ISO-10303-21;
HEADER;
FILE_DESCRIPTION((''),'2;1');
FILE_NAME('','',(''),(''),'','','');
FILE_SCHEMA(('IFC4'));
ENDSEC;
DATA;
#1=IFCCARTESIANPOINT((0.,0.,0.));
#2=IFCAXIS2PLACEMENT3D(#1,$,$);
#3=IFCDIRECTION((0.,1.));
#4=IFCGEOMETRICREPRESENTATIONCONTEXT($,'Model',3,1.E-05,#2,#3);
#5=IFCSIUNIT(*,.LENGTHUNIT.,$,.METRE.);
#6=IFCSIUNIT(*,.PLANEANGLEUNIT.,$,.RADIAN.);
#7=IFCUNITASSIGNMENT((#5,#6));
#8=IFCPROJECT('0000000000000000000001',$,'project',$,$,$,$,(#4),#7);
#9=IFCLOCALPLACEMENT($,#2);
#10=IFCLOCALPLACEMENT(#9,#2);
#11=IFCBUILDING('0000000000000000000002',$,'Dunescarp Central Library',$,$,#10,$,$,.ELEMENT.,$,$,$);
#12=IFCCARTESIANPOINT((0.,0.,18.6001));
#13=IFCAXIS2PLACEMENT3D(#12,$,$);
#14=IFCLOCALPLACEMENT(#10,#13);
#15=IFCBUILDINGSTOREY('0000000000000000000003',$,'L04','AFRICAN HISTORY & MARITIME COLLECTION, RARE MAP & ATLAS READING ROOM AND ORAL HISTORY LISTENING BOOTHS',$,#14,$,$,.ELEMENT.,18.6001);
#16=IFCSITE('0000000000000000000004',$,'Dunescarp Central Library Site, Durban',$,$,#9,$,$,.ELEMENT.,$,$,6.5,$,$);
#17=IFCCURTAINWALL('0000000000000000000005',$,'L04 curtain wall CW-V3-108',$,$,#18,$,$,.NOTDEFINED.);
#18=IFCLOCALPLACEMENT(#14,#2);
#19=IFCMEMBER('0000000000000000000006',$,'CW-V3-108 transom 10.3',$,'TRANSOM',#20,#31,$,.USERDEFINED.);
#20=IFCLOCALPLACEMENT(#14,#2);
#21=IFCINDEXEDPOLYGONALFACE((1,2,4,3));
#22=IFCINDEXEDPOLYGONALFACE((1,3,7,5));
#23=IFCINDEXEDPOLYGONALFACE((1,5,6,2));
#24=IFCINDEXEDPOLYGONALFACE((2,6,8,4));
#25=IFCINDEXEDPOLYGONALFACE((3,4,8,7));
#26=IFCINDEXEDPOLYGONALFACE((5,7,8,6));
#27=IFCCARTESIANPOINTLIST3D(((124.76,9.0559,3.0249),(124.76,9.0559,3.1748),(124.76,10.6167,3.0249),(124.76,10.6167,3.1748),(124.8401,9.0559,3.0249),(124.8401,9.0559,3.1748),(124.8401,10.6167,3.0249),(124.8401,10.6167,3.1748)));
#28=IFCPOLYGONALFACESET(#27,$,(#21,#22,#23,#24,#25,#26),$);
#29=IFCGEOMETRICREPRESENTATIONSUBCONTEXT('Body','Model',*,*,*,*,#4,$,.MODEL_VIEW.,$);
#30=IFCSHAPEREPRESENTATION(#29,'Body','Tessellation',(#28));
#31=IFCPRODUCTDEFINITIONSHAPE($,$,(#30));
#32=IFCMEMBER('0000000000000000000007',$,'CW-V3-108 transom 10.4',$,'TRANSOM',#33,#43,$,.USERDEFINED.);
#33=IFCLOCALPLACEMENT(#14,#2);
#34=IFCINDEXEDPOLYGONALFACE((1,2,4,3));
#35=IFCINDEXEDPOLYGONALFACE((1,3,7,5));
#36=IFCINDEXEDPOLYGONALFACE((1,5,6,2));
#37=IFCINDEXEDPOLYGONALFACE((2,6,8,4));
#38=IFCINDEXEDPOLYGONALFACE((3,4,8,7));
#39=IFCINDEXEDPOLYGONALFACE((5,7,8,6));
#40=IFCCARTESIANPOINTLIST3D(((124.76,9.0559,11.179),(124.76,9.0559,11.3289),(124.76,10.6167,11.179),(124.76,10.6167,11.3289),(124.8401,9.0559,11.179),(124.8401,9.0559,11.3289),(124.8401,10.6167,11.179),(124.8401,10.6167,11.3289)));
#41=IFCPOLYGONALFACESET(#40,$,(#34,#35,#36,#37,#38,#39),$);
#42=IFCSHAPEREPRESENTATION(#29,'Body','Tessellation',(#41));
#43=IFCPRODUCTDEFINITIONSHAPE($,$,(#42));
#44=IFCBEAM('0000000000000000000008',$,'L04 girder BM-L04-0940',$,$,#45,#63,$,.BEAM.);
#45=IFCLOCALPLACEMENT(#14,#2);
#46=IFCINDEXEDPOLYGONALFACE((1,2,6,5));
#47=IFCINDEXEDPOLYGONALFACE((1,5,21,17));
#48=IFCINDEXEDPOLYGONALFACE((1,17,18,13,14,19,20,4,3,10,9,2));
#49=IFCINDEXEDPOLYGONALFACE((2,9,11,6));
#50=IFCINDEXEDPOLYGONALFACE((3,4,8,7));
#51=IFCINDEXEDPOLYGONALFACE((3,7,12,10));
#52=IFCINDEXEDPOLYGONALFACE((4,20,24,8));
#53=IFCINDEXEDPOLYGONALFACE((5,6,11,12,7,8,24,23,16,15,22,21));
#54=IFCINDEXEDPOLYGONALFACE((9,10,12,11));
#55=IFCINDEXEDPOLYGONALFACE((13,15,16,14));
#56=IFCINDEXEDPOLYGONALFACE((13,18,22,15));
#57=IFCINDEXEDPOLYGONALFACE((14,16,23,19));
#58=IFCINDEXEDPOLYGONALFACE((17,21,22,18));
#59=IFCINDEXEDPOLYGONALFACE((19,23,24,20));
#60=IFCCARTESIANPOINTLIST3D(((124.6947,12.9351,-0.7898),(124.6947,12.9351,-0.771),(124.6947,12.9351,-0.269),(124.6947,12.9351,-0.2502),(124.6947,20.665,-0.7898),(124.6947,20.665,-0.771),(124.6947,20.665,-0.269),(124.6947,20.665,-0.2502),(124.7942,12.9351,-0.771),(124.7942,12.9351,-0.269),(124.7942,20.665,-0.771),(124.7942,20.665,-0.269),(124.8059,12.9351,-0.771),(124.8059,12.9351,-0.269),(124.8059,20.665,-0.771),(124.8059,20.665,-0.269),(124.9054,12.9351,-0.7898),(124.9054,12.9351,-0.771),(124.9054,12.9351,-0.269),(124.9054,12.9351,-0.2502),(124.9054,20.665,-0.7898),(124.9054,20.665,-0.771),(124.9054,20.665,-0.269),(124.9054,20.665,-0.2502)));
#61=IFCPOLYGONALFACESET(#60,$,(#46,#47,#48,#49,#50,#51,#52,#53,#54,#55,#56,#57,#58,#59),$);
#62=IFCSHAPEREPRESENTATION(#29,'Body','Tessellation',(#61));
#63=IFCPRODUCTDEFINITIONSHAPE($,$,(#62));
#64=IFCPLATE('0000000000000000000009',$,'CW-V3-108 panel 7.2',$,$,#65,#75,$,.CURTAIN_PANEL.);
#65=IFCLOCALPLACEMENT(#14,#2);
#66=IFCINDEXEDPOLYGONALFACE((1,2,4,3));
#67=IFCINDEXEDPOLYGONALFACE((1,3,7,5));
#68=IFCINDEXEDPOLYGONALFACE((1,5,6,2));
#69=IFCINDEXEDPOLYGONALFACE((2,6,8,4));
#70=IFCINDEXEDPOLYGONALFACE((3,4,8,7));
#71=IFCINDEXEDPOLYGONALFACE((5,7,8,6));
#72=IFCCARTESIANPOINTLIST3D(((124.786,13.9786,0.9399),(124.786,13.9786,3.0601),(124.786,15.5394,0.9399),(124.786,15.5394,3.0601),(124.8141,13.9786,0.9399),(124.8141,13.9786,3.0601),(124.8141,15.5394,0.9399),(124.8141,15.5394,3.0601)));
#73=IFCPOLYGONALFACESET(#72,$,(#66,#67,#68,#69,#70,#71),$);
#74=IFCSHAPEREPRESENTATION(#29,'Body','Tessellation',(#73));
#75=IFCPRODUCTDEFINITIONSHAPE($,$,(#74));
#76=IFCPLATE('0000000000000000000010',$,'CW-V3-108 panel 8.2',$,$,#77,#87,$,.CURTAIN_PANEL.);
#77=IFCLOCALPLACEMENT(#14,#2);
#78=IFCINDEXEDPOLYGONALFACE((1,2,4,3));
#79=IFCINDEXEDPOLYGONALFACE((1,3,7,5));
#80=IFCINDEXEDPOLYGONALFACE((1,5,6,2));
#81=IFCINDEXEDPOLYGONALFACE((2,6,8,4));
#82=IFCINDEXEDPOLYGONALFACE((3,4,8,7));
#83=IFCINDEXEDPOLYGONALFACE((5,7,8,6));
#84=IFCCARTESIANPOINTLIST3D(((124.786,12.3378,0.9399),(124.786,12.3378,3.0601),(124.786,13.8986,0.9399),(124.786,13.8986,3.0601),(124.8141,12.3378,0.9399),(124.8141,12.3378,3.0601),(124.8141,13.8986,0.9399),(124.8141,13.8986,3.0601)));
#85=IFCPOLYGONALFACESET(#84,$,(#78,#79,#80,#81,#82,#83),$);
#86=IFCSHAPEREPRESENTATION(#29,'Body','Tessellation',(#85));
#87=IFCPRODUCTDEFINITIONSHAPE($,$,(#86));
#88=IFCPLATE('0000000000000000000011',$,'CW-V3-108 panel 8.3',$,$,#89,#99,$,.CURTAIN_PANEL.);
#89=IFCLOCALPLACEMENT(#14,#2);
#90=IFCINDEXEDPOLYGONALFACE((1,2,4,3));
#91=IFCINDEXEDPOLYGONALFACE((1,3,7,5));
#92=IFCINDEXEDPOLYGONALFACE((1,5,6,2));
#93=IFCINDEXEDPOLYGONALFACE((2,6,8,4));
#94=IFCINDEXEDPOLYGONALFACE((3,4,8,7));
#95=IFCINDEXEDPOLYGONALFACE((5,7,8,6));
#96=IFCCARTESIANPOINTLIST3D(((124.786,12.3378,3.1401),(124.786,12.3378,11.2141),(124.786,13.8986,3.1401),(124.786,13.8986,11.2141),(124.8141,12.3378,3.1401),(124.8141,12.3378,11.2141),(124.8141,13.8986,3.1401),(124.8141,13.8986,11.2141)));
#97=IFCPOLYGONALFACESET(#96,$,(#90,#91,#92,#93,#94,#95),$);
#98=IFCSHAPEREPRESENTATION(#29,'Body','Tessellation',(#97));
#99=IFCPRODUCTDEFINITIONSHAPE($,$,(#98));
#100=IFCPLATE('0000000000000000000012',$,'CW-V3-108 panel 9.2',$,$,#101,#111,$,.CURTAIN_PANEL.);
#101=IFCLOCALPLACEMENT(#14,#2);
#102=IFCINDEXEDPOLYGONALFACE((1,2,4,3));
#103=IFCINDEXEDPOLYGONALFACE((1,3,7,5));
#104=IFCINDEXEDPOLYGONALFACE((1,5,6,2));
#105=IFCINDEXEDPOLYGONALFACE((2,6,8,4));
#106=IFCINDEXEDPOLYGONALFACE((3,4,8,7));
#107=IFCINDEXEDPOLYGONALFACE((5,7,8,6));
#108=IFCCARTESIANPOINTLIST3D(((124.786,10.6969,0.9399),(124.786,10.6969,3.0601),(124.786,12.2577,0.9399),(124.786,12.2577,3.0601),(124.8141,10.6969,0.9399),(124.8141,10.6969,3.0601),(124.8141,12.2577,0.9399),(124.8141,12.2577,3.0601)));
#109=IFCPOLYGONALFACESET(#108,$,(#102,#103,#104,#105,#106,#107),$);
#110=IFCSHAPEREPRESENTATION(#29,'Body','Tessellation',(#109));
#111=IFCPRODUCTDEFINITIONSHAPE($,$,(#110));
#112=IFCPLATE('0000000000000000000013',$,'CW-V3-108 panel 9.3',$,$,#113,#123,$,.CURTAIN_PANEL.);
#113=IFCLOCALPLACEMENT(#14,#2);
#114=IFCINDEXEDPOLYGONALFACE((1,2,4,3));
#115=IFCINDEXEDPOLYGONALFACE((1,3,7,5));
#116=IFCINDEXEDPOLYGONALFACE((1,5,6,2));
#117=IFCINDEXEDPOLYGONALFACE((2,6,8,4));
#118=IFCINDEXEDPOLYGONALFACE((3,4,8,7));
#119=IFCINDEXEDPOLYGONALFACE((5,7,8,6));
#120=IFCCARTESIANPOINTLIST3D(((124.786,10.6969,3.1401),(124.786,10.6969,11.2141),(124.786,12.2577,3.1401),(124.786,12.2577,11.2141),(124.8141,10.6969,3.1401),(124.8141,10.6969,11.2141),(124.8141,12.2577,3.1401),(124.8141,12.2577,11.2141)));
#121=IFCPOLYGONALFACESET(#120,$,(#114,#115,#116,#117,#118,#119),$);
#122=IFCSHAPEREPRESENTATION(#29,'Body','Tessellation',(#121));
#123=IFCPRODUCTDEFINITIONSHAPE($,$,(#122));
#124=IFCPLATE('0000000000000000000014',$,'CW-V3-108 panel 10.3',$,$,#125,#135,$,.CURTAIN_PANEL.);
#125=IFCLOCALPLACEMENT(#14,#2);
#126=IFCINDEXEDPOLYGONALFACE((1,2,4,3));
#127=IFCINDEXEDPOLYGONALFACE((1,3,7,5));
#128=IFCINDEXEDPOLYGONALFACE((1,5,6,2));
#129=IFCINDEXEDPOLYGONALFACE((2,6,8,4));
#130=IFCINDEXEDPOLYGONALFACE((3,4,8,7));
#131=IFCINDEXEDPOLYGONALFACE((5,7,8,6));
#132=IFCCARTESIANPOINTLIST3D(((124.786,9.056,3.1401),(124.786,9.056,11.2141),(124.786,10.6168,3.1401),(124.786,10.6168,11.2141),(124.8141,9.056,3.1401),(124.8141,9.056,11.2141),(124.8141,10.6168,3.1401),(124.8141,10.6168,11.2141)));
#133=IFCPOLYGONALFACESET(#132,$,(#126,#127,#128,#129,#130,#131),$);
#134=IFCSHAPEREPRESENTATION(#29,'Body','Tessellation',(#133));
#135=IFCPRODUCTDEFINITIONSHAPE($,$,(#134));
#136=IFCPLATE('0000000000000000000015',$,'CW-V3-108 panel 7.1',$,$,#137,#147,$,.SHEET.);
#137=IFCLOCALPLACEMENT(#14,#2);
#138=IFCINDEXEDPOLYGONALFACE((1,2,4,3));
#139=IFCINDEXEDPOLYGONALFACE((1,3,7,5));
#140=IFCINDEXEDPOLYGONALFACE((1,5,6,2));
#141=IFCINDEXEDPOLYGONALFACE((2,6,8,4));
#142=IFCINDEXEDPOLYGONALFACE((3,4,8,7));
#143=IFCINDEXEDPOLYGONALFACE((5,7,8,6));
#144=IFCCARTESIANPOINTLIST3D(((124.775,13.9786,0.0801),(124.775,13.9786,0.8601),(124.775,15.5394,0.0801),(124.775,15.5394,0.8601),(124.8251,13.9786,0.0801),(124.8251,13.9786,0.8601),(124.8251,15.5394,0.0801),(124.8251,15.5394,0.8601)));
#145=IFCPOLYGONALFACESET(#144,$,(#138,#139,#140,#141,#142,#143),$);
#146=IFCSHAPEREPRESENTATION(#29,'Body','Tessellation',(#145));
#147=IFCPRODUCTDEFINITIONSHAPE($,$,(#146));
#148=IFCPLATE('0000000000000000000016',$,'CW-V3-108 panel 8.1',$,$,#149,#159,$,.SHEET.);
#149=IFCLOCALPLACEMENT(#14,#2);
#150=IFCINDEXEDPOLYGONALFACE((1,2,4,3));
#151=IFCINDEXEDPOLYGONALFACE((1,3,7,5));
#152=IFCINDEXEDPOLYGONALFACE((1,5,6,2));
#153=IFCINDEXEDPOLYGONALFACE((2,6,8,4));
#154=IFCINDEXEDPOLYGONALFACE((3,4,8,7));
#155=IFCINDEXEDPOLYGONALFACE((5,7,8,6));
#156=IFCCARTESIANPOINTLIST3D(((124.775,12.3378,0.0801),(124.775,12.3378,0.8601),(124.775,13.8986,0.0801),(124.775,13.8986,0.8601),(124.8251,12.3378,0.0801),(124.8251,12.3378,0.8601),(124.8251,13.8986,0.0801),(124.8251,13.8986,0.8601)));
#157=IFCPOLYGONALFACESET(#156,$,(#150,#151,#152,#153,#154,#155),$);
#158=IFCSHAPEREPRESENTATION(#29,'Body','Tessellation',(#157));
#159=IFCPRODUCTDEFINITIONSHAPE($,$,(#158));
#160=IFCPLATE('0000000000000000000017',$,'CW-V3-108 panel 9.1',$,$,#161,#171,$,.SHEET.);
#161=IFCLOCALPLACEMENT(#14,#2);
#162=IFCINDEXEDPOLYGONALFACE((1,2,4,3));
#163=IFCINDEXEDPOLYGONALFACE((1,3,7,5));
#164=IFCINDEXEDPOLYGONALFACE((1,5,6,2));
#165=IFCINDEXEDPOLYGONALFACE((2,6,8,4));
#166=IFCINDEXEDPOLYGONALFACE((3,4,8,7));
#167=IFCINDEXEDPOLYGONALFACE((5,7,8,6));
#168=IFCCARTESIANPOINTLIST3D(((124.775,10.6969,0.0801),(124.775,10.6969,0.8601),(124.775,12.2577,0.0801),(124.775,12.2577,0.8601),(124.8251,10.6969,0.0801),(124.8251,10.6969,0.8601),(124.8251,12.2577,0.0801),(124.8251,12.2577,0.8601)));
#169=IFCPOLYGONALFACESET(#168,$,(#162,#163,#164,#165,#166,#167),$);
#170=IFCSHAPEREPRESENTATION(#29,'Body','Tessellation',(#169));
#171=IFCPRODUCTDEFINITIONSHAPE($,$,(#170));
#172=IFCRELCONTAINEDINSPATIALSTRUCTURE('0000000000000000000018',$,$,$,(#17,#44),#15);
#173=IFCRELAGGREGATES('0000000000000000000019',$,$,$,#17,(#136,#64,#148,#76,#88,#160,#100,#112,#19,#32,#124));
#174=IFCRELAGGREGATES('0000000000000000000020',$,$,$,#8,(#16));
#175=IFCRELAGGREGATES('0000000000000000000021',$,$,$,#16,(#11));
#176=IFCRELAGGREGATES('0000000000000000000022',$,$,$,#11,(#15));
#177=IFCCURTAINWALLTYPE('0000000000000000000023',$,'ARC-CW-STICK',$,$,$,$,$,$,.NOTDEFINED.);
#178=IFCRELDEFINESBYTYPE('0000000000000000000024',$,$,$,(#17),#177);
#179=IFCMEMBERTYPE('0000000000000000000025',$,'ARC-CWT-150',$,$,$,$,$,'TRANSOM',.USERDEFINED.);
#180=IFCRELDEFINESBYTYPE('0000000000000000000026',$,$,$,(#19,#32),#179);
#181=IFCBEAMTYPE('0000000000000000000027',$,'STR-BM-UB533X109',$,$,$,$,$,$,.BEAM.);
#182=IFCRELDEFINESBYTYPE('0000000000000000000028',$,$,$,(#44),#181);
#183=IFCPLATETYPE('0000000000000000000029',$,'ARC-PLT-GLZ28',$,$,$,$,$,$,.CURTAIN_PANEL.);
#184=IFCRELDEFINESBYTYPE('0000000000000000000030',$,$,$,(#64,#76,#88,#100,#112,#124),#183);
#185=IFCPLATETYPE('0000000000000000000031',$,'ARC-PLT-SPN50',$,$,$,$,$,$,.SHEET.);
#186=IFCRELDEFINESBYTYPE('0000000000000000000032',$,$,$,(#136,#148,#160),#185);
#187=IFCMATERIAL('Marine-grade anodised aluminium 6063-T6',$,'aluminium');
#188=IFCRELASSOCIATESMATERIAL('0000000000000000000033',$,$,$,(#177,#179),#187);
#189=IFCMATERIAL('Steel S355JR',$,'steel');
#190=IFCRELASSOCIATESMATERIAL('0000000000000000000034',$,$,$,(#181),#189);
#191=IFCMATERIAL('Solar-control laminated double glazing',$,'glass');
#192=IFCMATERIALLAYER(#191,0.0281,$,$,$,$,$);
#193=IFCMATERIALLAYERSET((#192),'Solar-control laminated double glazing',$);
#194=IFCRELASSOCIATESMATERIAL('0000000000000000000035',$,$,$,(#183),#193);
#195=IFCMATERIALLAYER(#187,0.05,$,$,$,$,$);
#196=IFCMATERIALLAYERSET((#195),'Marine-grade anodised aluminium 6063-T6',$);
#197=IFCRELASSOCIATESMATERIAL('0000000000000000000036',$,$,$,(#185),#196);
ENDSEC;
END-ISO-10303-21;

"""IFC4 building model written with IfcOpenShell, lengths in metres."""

from ifc_helpers import new_model, si_unit, direction, frame, origin, origin_2d, place, context, subcontext, project, spatial, rectangle, i_section, extrude, material, layer, layer_set, material_profile, profile_set, type_object, element, aggregate, save


model = new_model("IFC4")

# Units and contexts
model_context = context("Model", 3, precision=1e-05, world=origin(), true_north=direction((0.0, 1.0)))
body_context = subcontext(model_context, "Body", "Model", "MODEL_VIEW")
ifc_project = project(units=[si_unit("LENGTHUNIT", "METRE"), si_unit("PLANEANGLEUNIT", "RADIAN")], contexts=[model_context])

# Site, building, storey
site_placement = place(None, origin())
site = spatial("IfcSite", under=ifc_project, at=site_placement, Name="Dunescarp Central Library Site, Durban", CompositionType="ELEMENT", RefElevation=6.5)
building_placement = place(site_placement, origin())
building = spatial("IfcBuilding", under=site, at=building_placement, Name="Dunescarp Central Library", CompositionType="ELEMENT")
storey_placement = place(building_placement, frame((0.0, 0.0, 18.6001)))
storey = spatial("IfcBuildingStorey", under=building, at=storey_placement, Name="L04", Description="AFRICAN HISTORY & MARITIME COLLECTION, RARE MAP & ATLAS READING ROOM AND ORAL HISTORY LISTENING BOOTHS", CompositionType="ELEMENT", Elevation=18.6001)

# Shared definitions
ifc_material_1 = material(Name="Steel S355JR", Category="steel")

# Curtain wall, members
ifc_material_2 = material(Name="Marine-grade anodised aluminium 6063-T6", Category="aluminium")
curtain_wall_type = type_object("IfcCurtainWallType", Name="ARC-CW-STICK", PredefinedType="NOTDEFINED", material=ifc_material_2)
curtain_wall_placement = place(storey_placement, origin())
curtain_wall = element("IfcCurtainWall", 1, at=curtain_wall_placement, inside=storey, type_object=curtain_wall_type, Name="L04 curtain wall CW-V3-108", PredefinedType="NOTDEFINED")
ifc_material_profile_1 = material_profile(ifc_material_2, rectangle(XDim=0.0801, YDim=0.1499, at=origin_2d()), Name="AL 80x150")
ifc_profile_set_1 = profile_set([ifc_material_profile_1], Name="Marine-grade anodised aluminium 6063-T6")
member_type_1 = type_object("IfcMemberType", Name="ARC-CWT-150", ElementType="TRANSOM", PredefinedType="USERDEFINED", material=ifc_profile_set_1)
member_1_placement = place(storey_placement, frame((124.8, 10.6167, 3.0999), z_axis=(0.0, -1.0, 0.0), x_axis=(1.0, 0.0, 0.0)))
member_1 = element("IfcMember", 2, at=member_1_placement, type_object=member_type_1, Name="CW-V3-108 transom 10.3", ObjectType="TRANSOM", PredefinedType="USERDEFINED", context=body_context, shape_type="SweptSolid", body=[
    extrude(rectangle(XDim=0.0801, YDim=0.1499, at=origin_2d()), origin(), (0.0, 0.0, 1.0), 1.5608),
])
member_2_placement = place(storey_placement, frame((124.8, 10.6167, 11.2539), z_axis=(0.0, -1.0, 0.0), x_axis=(1.0, 0.0, 0.0)))
member_2 = element("IfcMember", 3, at=member_2_placement, type_object=member_type_1, Name="CW-V3-108 transom 10.4", ObjectType="TRANSOM", PredefinedType="USERDEFINED", context=body_context, shape_type="SweptSolid", body=[
    extrude(rectangle(XDim=0.0801, YDim=0.1499, at=origin_2d()), origin(), (0.0, 0.0, 1.0), 1.5608),
])

# Beam
ifc_material_profile_2 = material_profile(ifc_material_1, i_section(OverallWidth=0.2107, OverallDepth=0.5396, WebThickness=0.0117, FlangeThickness=0.0188, at=origin_2d()), Name="UB 533x210x109")
ifc_profile_set_2 = profile_set([ifc_material_profile_2], Name="Steel S355JR")
beam_type = type_object("IfcBeamType", Name="STR-BM-UB533X109", PredefinedType="BEAM", material=ifc_profile_set_2)
beam_placement = place(storey_placement, frame((124.8, 12.9351, -0.52), z_axis=(0.0, 1.0, 0.0), x_axis=(-1.0, 0.0, 0.0)))
element("IfcBeam", 4, at=beam_placement, inside=storey, type_object=beam_type, Name="L04 girder BM-L04-0940", PredefinedType="BEAM", context=body_context, shape_type="SweptSolid", body=[
    extrude(i_section(OverallWidth=0.2107, OverallDepth=0.5396, WebThickness=0.0117, FlangeThickness=0.0188, at=origin_2d()), origin(), (0.0, 0.0, 1.0), 7.73),
])

# Plates
ifc_material_3 = material(Name="Solar-control laminated double glazing", Category="glass")
ifc_layer_1 = layer(ifc_material_3, 0.0281)
ifc_layer_set_1 = layer_set([ifc_layer_1], Name="Solar-control laminated double glazing")
plate_type_1 = type_object("IfcPlateType", Name="ARC-PLT-GLZ28", PredefinedType="CURTAIN_PANEL", material=ifc_layer_set_1)
plate_1_placement = place(storey_placement, frame((124.8, 14.759, 0.9399), z_axis=(0.0, 0.0, 1.0), x_axis=(0.0, -1.0, 0.0)))
plate_1 = element("IfcPlate", 5, at=plate_1_placement, type_object=plate_type_1, Name="CW-V3-108 panel 7.2", PredefinedType="CURTAIN_PANEL", context=body_context, shape_type="SweptSolid", body=[
    extrude(rectangle(XDim=1.5608, YDim=0.0281, at=origin_2d()), origin(), (0.0, 0.0, 1.0), 2.1201),
])
plate_2_placement = place(storey_placement, frame((124.8, 13.1182, 0.9399), z_axis=(0.0, 0.0, 1.0), x_axis=(0.0, -1.0, 0.0)))
plate_2 = element("IfcPlate", 6, at=plate_2_placement, type_object=plate_type_1, Name="CW-V3-108 panel 8.2", PredefinedType="CURTAIN_PANEL", context=body_context, shape_type="SweptSolid", body=[
    extrude(rectangle(XDim=1.5608, YDim=0.0281, at=origin_2d()), origin(), (0.0, 0.0, 1.0), 2.1201),
])
plate_3_placement = place(storey_placement, frame((124.8, 13.1182, 3.1401), z_axis=(0.0, 0.0, 1.0), x_axis=(0.0, -1.0, 0.0)))
plate_3 = element("IfcPlate", 7, at=plate_3_placement, type_object=plate_type_1, Name="CW-V3-108 panel 8.3", PredefinedType="CURTAIN_PANEL", context=body_context, shape_type="SweptSolid", body=[
    extrude(rectangle(XDim=1.5608, YDim=0.0281, at=origin_2d()), origin(), (0.0, 0.0, 1.0), 8.074),
])
plate_4_placement = place(storey_placement, frame((124.8, 11.4773, 0.9399), z_axis=(0.0, 0.0, 1.0), x_axis=(0.0, -1.0, 0.0)))
plate_4 = element("IfcPlate", 8, at=plate_4_placement, type_object=plate_type_1, Name="CW-V3-108 panel 9.2", PredefinedType="CURTAIN_PANEL", context=body_context, shape_type="SweptSolid", body=[
    extrude(rectangle(XDim=1.5608, YDim=0.0281, at=origin_2d()), origin(), (0.0, 0.0, 1.0), 2.1201),
])
plate_5_placement = place(storey_placement, frame((124.8, 11.4773, 3.1401), z_axis=(0.0, 0.0, 1.0), x_axis=(0.0, -1.0, 0.0)))
plate_5 = element("IfcPlate", 9, at=plate_5_placement, type_object=plate_type_1, Name="CW-V3-108 panel 9.3", PredefinedType="CURTAIN_PANEL", context=body_context, shape_type="SweptSolid", body=[
    extrude(rectangle(XDim=1.5608, YDim=0.0281, at=origin_2d()), origin(), (0.0, 0.0, 1.0), 8.074),
])
plate_6_placement = place(storey_placement, frame((124.8, 9.8364, 3.1401), z_axis=(0.0, 0.0, 1.0), x_axis=(0.0, -1.0, 0.0)))
plate_6 = element("IfcPlate", 10, at=plate_6_placement, type_object=plate_type_1, Name="CW-V3-108 panel 10.3", PredefinedType="CURTAIN_PANEL", context=body_context, shape_type="SweptSolid", body=[
    extrude(rectangle(XDim=1.5608, YDim=0.0281, at=origin_2d()), origin(), (0.0, 0.0, 1.0), 8.074),
])
ifc_layer_2 = layer(ifc_material_2, 0.05)
ifc_layer_set_2 = layer_set([ifc_layer_2], Name="Marine-grade anodised aluminium 6063-T6")
plate_type_2 = type_object("IfcPlateType", Name="ARC-PLT-SPN50", PredefinedType="SHEET", material=ifc_layer_set_2)
plate_7_placement = place(storey_placement, frame((124.8, 14.759, 0.0801), z_axis=(0.0, 0.0, 1.0), x_axis=(0.0, -1.0, 0.0)))
plate_7 = element("IfcPlate", 11, at=plate_7_placement, type_object=plate_type_2, Name="CW-V3-108 panel 7.1", PredefinedType="SHEET", context=body_context, shape_type="SweptSolid", body=[
    extrude(rectangle(XDim=1.5608, YDim=0.05, at=origin_2d()), origin(), (0.0, 0.0, 1.0), 0.78),
])
plate_8_placement = place(storey_placement, frame((124.8, 13.1182, 0.0801), z_axis=(0.0, 0.0, 1.0), x_axis=(0.0, -1.0, 0.0)))
plate_8 = element("IfcPlate", 12, at=plate_8_placement, type_object=plate_type_2, Name="CW-V3-108 panel 8.1", PredefinedType="SHEET", context=body_context, shape_type="SweptSolid", body=[
    extrude(rectangle(XDim=1.5608, YDim=0.05, at=origin_2d()), origin(), (0.0, 0.0, 1.0), 0.78),
])
plate_9_placement = place(storey_placement, frame((124.8, 11.4773, 0.0801), z_axis=(0.0, 0.0, 1.0), x_axis=(0.0, -1.0, 0.0)))
plate_9 = element("IfcPlate", 13, at=plate_9_placement, type_object=plate_type_2, Name="CW-V3-108 panel 9.1", PredefinedType="SHEET", context=body_context, shape_type="SweptSolid", body=[
    extrude(rectangle(XDim=1.5608, YDim=0.05, at=origin_2d()), origin(), (0.0, 0.0, 1.0), 0.78),
])
aggregate(curtain_wall, [plate_7, plate_1, plate_8, plate_2, plate_3, plate_9, plate_4, plate_5, member_1, member_2, plate_6])

save(model, "model.ifc")
